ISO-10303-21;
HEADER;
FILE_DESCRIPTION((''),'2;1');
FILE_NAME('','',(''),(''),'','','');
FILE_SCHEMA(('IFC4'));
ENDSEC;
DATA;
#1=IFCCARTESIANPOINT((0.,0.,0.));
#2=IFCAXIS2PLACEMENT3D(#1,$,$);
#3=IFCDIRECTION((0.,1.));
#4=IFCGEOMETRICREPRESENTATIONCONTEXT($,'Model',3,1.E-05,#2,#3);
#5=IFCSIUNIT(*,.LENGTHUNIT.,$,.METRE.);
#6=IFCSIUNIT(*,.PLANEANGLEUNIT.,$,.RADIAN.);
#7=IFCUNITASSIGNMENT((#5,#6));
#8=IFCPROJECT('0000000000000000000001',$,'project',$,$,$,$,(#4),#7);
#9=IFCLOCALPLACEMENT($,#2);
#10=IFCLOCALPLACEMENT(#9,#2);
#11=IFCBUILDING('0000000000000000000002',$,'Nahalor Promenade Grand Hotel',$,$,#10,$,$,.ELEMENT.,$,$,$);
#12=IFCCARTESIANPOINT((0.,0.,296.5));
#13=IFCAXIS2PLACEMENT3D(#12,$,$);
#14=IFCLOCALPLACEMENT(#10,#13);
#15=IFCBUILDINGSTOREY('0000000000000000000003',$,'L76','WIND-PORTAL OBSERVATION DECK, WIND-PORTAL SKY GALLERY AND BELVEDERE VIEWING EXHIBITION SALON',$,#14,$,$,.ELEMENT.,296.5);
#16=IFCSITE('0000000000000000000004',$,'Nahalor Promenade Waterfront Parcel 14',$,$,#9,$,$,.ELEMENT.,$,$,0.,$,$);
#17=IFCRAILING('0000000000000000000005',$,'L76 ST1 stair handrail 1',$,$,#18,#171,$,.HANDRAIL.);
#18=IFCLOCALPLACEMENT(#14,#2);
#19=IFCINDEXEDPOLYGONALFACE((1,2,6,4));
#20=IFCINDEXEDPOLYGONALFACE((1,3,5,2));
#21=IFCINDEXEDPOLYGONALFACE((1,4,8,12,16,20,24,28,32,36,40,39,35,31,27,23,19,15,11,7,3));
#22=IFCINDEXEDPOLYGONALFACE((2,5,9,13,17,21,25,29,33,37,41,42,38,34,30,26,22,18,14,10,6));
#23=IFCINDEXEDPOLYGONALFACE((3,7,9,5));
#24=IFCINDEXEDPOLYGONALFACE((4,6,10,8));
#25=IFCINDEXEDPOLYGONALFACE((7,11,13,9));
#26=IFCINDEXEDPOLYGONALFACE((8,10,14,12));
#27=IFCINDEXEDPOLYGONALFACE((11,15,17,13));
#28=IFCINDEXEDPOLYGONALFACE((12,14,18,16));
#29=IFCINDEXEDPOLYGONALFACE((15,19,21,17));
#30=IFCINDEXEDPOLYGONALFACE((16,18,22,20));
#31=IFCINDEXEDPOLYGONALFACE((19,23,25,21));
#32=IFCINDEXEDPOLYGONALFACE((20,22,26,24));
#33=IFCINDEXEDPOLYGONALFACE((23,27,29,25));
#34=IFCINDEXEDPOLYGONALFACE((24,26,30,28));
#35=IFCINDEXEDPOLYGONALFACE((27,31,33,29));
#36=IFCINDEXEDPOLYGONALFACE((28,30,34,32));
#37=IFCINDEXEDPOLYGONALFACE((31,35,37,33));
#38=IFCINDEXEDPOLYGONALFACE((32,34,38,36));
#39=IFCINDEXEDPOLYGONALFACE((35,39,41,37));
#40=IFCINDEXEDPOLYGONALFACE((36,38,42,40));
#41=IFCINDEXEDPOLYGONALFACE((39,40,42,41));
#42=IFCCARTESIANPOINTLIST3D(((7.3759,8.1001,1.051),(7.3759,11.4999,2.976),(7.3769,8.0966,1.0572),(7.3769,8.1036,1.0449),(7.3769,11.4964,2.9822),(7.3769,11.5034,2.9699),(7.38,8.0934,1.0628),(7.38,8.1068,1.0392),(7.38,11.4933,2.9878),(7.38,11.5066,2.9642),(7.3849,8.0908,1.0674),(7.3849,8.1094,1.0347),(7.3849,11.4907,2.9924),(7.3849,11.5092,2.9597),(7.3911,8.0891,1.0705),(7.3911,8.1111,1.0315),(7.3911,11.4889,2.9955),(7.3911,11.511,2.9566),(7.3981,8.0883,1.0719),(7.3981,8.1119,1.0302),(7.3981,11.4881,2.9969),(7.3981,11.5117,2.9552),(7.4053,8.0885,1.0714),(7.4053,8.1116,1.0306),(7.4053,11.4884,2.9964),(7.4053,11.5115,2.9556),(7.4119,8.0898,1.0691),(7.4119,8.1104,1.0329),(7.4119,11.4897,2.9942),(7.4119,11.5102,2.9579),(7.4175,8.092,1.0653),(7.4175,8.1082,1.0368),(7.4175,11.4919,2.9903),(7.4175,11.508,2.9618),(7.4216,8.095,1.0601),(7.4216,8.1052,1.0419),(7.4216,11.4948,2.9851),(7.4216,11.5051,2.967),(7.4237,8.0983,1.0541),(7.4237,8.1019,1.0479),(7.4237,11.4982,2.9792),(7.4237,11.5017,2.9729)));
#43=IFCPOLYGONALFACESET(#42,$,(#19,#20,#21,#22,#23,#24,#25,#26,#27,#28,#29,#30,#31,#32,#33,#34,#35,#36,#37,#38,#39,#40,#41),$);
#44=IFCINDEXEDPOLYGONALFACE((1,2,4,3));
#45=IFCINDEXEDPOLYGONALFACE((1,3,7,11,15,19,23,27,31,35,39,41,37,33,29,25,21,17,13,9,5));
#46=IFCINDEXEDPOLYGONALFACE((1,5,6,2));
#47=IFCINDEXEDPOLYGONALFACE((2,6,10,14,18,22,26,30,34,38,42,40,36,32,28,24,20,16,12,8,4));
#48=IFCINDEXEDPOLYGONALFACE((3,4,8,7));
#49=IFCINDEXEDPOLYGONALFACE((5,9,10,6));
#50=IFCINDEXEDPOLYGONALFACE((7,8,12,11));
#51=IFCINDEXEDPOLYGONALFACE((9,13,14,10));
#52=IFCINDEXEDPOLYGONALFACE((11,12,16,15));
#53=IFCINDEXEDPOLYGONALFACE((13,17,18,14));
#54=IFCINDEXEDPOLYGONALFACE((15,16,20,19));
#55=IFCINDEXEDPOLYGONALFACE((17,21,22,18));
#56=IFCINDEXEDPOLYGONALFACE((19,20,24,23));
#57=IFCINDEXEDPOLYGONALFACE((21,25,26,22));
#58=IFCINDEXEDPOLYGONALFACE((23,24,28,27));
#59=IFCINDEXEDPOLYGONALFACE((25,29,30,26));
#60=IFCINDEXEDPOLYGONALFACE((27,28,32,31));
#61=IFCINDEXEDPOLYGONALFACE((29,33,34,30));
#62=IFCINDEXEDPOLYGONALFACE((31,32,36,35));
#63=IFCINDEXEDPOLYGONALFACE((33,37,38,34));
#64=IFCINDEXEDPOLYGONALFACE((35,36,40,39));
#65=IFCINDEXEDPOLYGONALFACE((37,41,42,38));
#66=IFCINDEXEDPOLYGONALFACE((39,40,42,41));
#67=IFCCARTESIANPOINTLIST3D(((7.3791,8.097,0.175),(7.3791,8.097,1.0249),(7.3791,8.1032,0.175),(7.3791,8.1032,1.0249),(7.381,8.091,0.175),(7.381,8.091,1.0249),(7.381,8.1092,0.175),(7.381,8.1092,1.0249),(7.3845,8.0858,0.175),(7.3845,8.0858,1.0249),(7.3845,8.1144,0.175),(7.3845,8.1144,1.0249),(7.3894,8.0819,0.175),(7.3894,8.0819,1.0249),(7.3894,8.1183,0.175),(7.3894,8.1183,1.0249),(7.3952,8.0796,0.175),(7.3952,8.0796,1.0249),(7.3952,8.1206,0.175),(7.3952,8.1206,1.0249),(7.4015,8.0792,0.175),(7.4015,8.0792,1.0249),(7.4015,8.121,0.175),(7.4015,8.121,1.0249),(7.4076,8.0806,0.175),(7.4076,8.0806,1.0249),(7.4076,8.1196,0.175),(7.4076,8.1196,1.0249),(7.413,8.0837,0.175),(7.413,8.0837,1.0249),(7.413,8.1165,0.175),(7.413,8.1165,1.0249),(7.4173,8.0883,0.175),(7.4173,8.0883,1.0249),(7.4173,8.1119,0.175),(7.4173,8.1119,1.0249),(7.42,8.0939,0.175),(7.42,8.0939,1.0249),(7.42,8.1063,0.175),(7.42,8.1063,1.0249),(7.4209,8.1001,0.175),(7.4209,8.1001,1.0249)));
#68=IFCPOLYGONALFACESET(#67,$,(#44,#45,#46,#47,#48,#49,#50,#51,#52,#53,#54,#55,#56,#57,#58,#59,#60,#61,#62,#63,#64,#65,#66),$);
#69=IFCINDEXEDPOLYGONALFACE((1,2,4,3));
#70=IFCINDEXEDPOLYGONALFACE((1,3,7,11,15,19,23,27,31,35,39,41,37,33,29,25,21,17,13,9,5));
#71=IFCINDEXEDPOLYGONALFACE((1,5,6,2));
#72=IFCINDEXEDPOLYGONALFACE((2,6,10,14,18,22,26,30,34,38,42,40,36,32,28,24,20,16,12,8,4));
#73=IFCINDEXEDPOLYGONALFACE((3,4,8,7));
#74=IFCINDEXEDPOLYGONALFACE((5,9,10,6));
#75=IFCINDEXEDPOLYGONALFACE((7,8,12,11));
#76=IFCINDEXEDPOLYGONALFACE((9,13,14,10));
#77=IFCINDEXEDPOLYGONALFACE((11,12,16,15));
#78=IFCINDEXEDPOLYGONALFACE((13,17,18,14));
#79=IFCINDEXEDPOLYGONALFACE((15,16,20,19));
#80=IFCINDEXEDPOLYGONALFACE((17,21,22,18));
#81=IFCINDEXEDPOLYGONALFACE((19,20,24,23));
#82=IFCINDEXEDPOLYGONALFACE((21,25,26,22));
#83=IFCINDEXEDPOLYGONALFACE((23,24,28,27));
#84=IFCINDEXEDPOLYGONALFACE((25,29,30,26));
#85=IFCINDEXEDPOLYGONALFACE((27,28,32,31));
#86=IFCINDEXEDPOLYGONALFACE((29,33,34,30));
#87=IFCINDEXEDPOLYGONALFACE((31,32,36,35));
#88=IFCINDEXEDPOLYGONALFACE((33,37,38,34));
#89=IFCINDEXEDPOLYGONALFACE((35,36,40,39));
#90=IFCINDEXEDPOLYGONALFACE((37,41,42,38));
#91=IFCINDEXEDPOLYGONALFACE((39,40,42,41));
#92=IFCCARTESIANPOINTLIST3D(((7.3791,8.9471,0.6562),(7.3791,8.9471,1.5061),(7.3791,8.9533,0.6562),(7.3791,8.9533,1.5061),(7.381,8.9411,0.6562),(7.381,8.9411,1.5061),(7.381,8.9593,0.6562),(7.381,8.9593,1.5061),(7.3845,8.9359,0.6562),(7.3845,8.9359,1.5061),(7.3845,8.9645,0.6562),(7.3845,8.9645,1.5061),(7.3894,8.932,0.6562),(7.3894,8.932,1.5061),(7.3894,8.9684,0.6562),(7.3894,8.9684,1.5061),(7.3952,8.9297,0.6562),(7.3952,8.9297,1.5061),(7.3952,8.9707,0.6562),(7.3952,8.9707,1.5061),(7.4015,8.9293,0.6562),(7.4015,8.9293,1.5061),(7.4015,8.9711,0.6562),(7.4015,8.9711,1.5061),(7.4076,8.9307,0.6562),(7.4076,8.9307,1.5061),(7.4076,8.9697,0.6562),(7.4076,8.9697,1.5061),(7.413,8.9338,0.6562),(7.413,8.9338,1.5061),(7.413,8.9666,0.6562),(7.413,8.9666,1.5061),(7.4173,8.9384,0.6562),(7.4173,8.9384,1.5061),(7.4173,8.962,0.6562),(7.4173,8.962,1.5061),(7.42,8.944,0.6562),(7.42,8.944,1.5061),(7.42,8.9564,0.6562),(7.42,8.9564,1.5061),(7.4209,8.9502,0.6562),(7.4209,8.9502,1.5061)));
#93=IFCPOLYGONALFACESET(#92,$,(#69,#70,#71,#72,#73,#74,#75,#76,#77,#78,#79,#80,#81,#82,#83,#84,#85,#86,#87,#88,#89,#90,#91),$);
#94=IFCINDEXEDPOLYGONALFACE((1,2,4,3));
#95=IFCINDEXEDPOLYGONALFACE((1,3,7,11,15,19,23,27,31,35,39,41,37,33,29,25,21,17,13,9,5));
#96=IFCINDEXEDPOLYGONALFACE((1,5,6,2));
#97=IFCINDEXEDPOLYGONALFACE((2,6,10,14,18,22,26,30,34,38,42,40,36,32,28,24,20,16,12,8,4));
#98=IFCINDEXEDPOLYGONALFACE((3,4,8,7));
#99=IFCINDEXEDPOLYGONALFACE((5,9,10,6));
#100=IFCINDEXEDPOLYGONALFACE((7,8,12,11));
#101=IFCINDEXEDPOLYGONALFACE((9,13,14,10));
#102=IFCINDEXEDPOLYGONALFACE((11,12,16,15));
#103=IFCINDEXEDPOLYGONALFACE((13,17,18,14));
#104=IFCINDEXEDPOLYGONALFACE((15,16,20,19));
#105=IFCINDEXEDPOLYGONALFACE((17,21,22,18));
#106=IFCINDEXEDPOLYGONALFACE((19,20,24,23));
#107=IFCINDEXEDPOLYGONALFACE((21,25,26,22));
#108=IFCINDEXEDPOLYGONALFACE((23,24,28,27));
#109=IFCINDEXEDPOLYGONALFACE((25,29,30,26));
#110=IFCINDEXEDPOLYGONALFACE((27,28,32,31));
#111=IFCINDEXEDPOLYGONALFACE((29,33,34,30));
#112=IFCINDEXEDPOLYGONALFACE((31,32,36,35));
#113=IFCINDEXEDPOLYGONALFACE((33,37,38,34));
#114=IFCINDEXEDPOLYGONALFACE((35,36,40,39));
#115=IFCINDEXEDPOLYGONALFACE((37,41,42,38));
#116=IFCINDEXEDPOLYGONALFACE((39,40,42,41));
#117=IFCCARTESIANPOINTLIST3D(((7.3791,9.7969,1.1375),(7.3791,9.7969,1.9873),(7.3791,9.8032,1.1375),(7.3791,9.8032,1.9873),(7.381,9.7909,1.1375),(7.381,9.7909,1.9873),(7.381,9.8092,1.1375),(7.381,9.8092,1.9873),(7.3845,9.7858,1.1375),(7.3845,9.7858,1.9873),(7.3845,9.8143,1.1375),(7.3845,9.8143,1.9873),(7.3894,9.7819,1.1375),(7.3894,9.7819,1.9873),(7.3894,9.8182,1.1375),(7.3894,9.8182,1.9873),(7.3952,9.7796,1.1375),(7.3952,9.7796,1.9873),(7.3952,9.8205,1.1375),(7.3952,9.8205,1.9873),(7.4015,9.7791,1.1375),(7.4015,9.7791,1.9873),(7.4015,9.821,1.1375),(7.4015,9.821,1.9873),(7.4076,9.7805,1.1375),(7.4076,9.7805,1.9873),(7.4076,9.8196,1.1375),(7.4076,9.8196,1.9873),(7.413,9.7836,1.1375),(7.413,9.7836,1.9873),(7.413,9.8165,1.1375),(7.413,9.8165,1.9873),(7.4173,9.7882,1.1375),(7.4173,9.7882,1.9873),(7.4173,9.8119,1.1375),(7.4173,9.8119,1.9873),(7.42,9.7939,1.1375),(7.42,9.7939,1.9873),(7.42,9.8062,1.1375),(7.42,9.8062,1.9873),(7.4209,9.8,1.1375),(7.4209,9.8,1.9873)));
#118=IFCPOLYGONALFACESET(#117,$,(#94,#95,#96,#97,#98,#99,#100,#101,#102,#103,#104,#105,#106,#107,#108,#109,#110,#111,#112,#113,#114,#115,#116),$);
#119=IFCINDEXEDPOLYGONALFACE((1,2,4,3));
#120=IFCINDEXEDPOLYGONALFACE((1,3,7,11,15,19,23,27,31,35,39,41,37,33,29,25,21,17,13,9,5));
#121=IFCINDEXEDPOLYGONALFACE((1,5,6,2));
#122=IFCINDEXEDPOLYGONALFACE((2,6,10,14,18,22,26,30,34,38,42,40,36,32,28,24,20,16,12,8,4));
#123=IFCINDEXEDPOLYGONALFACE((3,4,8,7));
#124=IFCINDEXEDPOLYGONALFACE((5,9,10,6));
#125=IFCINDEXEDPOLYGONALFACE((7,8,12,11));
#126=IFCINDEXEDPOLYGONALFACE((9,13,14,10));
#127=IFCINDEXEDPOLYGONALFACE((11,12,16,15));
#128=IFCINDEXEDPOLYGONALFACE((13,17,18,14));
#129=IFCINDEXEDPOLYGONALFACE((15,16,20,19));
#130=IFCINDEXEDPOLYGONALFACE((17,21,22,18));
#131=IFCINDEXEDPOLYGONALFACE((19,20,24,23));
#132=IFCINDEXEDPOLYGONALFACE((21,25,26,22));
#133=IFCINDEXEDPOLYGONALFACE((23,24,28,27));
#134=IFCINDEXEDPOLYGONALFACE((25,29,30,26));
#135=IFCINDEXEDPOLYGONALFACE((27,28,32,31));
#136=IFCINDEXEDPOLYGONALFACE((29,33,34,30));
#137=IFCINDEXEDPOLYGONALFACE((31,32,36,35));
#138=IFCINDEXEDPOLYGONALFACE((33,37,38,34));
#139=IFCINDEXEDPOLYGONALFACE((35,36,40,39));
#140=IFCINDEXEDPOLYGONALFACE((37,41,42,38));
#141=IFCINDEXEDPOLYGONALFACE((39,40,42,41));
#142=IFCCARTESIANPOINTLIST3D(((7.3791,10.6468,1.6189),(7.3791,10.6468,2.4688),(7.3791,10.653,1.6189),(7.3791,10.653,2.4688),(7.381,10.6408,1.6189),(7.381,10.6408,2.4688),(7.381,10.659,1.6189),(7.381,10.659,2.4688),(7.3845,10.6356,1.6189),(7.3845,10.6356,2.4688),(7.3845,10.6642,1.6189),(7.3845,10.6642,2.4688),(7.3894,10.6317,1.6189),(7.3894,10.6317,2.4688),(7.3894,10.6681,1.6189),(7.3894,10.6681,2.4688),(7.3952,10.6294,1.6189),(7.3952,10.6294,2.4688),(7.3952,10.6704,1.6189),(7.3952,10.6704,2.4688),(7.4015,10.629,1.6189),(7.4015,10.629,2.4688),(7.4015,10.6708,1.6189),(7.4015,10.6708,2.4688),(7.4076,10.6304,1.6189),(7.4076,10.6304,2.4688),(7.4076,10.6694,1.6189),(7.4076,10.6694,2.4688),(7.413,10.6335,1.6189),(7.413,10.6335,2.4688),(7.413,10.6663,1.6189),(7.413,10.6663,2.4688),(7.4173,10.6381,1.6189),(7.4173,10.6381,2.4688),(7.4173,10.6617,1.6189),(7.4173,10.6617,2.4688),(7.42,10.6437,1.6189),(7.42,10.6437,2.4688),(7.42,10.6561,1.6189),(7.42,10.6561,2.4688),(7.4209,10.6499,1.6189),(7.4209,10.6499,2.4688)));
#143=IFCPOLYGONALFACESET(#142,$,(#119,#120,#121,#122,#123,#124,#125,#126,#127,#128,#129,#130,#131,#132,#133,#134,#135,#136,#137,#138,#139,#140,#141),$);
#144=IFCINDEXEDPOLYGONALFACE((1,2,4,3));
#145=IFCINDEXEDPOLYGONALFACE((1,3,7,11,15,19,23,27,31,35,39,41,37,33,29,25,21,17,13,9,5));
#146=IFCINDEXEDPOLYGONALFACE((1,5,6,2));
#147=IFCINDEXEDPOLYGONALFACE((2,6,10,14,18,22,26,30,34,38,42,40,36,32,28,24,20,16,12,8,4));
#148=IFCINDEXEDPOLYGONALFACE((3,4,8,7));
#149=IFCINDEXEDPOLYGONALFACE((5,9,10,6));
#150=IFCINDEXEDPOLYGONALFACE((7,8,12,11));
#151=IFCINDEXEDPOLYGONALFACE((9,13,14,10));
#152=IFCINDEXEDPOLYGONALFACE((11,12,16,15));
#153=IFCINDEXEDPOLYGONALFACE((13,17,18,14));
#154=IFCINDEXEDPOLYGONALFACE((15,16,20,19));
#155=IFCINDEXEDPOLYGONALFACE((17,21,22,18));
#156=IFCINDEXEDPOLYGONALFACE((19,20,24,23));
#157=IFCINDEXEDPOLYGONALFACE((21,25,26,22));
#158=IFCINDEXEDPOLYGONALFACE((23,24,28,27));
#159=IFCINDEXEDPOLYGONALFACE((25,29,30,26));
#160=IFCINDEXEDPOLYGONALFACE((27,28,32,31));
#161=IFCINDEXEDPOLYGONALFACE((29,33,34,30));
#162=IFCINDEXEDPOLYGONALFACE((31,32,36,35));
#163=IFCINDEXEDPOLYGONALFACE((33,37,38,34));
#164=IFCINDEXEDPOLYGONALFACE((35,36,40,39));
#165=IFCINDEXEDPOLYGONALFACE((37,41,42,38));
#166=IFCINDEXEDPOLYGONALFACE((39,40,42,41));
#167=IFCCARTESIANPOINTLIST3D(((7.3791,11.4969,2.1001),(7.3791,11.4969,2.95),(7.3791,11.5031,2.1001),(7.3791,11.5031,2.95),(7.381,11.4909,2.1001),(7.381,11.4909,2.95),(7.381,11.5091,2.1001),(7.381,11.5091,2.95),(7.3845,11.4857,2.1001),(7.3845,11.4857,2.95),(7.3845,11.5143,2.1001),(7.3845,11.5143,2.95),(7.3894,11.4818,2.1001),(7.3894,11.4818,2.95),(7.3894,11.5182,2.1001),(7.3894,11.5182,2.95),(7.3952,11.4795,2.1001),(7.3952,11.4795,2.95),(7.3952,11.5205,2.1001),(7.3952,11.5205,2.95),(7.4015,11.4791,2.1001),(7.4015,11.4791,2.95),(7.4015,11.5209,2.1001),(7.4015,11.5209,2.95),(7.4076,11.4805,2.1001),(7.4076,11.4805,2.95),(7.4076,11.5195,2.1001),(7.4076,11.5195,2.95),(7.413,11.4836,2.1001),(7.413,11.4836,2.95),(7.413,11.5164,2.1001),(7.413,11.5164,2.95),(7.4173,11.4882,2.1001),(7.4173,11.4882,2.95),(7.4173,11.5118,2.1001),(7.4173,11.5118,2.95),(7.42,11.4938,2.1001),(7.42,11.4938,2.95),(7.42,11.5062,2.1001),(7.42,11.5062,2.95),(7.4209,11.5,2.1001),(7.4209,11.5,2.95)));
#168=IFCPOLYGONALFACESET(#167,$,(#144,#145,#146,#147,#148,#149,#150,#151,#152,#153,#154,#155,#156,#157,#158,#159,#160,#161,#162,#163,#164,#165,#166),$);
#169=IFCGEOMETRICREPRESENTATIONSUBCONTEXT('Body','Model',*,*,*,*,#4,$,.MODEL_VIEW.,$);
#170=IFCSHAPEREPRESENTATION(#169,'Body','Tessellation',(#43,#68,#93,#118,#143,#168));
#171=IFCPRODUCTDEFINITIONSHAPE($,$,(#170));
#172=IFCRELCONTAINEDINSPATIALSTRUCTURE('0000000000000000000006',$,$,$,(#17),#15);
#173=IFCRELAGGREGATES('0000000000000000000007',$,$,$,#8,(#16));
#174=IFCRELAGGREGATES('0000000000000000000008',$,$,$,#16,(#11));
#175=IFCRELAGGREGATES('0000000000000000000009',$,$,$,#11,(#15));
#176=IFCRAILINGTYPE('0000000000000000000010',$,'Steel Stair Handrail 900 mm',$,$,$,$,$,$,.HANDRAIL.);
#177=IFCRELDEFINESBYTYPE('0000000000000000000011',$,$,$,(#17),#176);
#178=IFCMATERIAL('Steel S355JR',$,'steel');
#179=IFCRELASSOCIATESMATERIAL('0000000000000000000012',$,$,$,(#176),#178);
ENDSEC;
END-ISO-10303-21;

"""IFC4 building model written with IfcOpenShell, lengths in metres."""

from ifc_helpers import new_model, si_unit, direction, frame, origin, origin_2d, place, context, subcontext, project, spatial, circle, extrude, material, type_object, element, save


model = new_model("IFC4")

# Units and contexts
model_context = context("Model", 3, precision=1e-05, world=origin(), true_north=direction((0.0, 1.0)))
body_context = subcontext(model_context, "Body", "Model", "MODEL_VIEW")
ifc_project = project(units=[si_unit("LENGTHUNIT", "METRE"), si_unit("PLANEANGLEUNIT", "RADIAN")], contexts=[model_context])

# Site, building, storey
site_placement = place(None, origin())
site = spatial("IfcSite", under=ifc_project, at=site_placement, Name="Nahalor Promenade Waterfront Parcel 14", CompositionType="ELEMENT", RefElevation=0.0)
building_placement = place(site_placement, origin())
building = spatial("IfcBuilding", under=site, at=building_placement, Name="Nahalor Promenade Grand Hotel", CompositionType="ELEMENT")
storey_placement = place(building_placement, frame((0.0, 0.0, 296.5)))
storey = spatial("IfcBuildingStorey", under=building, at=storey_placement, Name="L76", Description="WIND-PORTAL OBSERVATION DECK, WIND-PORTAL SKY GALLERY AND BELVEDERE VIEWING EXHIBITION SALON", CompositionType="ELEMENT", Elevation=296.5)

# Shared definitions
ifc_material_1 = material(Name="Steel S355JR", Category="steel")

# Railing
railing_type_1 = type_object("IfcRailingType", Name="Steel Stair Handrail 900 mm", PredefinedType="HANDRAIL", material=ifc_material_1)
railing_1_placement = place(storey_placement, frame((7.3999, 8.1001, 0.175)))
element("IfcRailing", 1, at=railing_1_placement, inside=storey, type_object=railing_type_1, Name="L76 ST1 stair handrail 1", PredefinedType="HANDRAIL", context=body_context, shape_type="SweptSolid", body=[
    extrude(circle(Radius=0.024, at=origin_2d()), frame((0.0, 0.0, 0.876), z_axis=(0.0, 0.870194, 0.49271), x_axis=(-1.0, 0.0, 0.0)), (0.0, 0.0, 1.0), 3.907),
    extrude(circle(Radius=0.021, at=origin_2d()), origin(), (0.0, 0.0, 1.0), 0.8499),
    extrude(circle(Radius=0.021, at=origin_2d()), frame((0.0, 0.8501, 0.4812)), (0.0, 0.0, 1.0), 0.8499),
    extrude(circle(Radius=0.021, at=origin_2d()), frame((0.0, 1.7, 0.9624)), (0.0, 0.0, 1.0), 0.8499),
    extrude(circle(Radius=0.021, at=origin_2d()), frame((0.0, 2.5498, 1.4438)), (0.0, 0.0, 1.0), 0.8499),
    extrude(circle(Radius=0.021, at=origin_2d()), frame((0.0, 3.3999, 1.925)), (0.0, 0.0, 1.0), 0.8499),
])

save(model, "model.ifc")
